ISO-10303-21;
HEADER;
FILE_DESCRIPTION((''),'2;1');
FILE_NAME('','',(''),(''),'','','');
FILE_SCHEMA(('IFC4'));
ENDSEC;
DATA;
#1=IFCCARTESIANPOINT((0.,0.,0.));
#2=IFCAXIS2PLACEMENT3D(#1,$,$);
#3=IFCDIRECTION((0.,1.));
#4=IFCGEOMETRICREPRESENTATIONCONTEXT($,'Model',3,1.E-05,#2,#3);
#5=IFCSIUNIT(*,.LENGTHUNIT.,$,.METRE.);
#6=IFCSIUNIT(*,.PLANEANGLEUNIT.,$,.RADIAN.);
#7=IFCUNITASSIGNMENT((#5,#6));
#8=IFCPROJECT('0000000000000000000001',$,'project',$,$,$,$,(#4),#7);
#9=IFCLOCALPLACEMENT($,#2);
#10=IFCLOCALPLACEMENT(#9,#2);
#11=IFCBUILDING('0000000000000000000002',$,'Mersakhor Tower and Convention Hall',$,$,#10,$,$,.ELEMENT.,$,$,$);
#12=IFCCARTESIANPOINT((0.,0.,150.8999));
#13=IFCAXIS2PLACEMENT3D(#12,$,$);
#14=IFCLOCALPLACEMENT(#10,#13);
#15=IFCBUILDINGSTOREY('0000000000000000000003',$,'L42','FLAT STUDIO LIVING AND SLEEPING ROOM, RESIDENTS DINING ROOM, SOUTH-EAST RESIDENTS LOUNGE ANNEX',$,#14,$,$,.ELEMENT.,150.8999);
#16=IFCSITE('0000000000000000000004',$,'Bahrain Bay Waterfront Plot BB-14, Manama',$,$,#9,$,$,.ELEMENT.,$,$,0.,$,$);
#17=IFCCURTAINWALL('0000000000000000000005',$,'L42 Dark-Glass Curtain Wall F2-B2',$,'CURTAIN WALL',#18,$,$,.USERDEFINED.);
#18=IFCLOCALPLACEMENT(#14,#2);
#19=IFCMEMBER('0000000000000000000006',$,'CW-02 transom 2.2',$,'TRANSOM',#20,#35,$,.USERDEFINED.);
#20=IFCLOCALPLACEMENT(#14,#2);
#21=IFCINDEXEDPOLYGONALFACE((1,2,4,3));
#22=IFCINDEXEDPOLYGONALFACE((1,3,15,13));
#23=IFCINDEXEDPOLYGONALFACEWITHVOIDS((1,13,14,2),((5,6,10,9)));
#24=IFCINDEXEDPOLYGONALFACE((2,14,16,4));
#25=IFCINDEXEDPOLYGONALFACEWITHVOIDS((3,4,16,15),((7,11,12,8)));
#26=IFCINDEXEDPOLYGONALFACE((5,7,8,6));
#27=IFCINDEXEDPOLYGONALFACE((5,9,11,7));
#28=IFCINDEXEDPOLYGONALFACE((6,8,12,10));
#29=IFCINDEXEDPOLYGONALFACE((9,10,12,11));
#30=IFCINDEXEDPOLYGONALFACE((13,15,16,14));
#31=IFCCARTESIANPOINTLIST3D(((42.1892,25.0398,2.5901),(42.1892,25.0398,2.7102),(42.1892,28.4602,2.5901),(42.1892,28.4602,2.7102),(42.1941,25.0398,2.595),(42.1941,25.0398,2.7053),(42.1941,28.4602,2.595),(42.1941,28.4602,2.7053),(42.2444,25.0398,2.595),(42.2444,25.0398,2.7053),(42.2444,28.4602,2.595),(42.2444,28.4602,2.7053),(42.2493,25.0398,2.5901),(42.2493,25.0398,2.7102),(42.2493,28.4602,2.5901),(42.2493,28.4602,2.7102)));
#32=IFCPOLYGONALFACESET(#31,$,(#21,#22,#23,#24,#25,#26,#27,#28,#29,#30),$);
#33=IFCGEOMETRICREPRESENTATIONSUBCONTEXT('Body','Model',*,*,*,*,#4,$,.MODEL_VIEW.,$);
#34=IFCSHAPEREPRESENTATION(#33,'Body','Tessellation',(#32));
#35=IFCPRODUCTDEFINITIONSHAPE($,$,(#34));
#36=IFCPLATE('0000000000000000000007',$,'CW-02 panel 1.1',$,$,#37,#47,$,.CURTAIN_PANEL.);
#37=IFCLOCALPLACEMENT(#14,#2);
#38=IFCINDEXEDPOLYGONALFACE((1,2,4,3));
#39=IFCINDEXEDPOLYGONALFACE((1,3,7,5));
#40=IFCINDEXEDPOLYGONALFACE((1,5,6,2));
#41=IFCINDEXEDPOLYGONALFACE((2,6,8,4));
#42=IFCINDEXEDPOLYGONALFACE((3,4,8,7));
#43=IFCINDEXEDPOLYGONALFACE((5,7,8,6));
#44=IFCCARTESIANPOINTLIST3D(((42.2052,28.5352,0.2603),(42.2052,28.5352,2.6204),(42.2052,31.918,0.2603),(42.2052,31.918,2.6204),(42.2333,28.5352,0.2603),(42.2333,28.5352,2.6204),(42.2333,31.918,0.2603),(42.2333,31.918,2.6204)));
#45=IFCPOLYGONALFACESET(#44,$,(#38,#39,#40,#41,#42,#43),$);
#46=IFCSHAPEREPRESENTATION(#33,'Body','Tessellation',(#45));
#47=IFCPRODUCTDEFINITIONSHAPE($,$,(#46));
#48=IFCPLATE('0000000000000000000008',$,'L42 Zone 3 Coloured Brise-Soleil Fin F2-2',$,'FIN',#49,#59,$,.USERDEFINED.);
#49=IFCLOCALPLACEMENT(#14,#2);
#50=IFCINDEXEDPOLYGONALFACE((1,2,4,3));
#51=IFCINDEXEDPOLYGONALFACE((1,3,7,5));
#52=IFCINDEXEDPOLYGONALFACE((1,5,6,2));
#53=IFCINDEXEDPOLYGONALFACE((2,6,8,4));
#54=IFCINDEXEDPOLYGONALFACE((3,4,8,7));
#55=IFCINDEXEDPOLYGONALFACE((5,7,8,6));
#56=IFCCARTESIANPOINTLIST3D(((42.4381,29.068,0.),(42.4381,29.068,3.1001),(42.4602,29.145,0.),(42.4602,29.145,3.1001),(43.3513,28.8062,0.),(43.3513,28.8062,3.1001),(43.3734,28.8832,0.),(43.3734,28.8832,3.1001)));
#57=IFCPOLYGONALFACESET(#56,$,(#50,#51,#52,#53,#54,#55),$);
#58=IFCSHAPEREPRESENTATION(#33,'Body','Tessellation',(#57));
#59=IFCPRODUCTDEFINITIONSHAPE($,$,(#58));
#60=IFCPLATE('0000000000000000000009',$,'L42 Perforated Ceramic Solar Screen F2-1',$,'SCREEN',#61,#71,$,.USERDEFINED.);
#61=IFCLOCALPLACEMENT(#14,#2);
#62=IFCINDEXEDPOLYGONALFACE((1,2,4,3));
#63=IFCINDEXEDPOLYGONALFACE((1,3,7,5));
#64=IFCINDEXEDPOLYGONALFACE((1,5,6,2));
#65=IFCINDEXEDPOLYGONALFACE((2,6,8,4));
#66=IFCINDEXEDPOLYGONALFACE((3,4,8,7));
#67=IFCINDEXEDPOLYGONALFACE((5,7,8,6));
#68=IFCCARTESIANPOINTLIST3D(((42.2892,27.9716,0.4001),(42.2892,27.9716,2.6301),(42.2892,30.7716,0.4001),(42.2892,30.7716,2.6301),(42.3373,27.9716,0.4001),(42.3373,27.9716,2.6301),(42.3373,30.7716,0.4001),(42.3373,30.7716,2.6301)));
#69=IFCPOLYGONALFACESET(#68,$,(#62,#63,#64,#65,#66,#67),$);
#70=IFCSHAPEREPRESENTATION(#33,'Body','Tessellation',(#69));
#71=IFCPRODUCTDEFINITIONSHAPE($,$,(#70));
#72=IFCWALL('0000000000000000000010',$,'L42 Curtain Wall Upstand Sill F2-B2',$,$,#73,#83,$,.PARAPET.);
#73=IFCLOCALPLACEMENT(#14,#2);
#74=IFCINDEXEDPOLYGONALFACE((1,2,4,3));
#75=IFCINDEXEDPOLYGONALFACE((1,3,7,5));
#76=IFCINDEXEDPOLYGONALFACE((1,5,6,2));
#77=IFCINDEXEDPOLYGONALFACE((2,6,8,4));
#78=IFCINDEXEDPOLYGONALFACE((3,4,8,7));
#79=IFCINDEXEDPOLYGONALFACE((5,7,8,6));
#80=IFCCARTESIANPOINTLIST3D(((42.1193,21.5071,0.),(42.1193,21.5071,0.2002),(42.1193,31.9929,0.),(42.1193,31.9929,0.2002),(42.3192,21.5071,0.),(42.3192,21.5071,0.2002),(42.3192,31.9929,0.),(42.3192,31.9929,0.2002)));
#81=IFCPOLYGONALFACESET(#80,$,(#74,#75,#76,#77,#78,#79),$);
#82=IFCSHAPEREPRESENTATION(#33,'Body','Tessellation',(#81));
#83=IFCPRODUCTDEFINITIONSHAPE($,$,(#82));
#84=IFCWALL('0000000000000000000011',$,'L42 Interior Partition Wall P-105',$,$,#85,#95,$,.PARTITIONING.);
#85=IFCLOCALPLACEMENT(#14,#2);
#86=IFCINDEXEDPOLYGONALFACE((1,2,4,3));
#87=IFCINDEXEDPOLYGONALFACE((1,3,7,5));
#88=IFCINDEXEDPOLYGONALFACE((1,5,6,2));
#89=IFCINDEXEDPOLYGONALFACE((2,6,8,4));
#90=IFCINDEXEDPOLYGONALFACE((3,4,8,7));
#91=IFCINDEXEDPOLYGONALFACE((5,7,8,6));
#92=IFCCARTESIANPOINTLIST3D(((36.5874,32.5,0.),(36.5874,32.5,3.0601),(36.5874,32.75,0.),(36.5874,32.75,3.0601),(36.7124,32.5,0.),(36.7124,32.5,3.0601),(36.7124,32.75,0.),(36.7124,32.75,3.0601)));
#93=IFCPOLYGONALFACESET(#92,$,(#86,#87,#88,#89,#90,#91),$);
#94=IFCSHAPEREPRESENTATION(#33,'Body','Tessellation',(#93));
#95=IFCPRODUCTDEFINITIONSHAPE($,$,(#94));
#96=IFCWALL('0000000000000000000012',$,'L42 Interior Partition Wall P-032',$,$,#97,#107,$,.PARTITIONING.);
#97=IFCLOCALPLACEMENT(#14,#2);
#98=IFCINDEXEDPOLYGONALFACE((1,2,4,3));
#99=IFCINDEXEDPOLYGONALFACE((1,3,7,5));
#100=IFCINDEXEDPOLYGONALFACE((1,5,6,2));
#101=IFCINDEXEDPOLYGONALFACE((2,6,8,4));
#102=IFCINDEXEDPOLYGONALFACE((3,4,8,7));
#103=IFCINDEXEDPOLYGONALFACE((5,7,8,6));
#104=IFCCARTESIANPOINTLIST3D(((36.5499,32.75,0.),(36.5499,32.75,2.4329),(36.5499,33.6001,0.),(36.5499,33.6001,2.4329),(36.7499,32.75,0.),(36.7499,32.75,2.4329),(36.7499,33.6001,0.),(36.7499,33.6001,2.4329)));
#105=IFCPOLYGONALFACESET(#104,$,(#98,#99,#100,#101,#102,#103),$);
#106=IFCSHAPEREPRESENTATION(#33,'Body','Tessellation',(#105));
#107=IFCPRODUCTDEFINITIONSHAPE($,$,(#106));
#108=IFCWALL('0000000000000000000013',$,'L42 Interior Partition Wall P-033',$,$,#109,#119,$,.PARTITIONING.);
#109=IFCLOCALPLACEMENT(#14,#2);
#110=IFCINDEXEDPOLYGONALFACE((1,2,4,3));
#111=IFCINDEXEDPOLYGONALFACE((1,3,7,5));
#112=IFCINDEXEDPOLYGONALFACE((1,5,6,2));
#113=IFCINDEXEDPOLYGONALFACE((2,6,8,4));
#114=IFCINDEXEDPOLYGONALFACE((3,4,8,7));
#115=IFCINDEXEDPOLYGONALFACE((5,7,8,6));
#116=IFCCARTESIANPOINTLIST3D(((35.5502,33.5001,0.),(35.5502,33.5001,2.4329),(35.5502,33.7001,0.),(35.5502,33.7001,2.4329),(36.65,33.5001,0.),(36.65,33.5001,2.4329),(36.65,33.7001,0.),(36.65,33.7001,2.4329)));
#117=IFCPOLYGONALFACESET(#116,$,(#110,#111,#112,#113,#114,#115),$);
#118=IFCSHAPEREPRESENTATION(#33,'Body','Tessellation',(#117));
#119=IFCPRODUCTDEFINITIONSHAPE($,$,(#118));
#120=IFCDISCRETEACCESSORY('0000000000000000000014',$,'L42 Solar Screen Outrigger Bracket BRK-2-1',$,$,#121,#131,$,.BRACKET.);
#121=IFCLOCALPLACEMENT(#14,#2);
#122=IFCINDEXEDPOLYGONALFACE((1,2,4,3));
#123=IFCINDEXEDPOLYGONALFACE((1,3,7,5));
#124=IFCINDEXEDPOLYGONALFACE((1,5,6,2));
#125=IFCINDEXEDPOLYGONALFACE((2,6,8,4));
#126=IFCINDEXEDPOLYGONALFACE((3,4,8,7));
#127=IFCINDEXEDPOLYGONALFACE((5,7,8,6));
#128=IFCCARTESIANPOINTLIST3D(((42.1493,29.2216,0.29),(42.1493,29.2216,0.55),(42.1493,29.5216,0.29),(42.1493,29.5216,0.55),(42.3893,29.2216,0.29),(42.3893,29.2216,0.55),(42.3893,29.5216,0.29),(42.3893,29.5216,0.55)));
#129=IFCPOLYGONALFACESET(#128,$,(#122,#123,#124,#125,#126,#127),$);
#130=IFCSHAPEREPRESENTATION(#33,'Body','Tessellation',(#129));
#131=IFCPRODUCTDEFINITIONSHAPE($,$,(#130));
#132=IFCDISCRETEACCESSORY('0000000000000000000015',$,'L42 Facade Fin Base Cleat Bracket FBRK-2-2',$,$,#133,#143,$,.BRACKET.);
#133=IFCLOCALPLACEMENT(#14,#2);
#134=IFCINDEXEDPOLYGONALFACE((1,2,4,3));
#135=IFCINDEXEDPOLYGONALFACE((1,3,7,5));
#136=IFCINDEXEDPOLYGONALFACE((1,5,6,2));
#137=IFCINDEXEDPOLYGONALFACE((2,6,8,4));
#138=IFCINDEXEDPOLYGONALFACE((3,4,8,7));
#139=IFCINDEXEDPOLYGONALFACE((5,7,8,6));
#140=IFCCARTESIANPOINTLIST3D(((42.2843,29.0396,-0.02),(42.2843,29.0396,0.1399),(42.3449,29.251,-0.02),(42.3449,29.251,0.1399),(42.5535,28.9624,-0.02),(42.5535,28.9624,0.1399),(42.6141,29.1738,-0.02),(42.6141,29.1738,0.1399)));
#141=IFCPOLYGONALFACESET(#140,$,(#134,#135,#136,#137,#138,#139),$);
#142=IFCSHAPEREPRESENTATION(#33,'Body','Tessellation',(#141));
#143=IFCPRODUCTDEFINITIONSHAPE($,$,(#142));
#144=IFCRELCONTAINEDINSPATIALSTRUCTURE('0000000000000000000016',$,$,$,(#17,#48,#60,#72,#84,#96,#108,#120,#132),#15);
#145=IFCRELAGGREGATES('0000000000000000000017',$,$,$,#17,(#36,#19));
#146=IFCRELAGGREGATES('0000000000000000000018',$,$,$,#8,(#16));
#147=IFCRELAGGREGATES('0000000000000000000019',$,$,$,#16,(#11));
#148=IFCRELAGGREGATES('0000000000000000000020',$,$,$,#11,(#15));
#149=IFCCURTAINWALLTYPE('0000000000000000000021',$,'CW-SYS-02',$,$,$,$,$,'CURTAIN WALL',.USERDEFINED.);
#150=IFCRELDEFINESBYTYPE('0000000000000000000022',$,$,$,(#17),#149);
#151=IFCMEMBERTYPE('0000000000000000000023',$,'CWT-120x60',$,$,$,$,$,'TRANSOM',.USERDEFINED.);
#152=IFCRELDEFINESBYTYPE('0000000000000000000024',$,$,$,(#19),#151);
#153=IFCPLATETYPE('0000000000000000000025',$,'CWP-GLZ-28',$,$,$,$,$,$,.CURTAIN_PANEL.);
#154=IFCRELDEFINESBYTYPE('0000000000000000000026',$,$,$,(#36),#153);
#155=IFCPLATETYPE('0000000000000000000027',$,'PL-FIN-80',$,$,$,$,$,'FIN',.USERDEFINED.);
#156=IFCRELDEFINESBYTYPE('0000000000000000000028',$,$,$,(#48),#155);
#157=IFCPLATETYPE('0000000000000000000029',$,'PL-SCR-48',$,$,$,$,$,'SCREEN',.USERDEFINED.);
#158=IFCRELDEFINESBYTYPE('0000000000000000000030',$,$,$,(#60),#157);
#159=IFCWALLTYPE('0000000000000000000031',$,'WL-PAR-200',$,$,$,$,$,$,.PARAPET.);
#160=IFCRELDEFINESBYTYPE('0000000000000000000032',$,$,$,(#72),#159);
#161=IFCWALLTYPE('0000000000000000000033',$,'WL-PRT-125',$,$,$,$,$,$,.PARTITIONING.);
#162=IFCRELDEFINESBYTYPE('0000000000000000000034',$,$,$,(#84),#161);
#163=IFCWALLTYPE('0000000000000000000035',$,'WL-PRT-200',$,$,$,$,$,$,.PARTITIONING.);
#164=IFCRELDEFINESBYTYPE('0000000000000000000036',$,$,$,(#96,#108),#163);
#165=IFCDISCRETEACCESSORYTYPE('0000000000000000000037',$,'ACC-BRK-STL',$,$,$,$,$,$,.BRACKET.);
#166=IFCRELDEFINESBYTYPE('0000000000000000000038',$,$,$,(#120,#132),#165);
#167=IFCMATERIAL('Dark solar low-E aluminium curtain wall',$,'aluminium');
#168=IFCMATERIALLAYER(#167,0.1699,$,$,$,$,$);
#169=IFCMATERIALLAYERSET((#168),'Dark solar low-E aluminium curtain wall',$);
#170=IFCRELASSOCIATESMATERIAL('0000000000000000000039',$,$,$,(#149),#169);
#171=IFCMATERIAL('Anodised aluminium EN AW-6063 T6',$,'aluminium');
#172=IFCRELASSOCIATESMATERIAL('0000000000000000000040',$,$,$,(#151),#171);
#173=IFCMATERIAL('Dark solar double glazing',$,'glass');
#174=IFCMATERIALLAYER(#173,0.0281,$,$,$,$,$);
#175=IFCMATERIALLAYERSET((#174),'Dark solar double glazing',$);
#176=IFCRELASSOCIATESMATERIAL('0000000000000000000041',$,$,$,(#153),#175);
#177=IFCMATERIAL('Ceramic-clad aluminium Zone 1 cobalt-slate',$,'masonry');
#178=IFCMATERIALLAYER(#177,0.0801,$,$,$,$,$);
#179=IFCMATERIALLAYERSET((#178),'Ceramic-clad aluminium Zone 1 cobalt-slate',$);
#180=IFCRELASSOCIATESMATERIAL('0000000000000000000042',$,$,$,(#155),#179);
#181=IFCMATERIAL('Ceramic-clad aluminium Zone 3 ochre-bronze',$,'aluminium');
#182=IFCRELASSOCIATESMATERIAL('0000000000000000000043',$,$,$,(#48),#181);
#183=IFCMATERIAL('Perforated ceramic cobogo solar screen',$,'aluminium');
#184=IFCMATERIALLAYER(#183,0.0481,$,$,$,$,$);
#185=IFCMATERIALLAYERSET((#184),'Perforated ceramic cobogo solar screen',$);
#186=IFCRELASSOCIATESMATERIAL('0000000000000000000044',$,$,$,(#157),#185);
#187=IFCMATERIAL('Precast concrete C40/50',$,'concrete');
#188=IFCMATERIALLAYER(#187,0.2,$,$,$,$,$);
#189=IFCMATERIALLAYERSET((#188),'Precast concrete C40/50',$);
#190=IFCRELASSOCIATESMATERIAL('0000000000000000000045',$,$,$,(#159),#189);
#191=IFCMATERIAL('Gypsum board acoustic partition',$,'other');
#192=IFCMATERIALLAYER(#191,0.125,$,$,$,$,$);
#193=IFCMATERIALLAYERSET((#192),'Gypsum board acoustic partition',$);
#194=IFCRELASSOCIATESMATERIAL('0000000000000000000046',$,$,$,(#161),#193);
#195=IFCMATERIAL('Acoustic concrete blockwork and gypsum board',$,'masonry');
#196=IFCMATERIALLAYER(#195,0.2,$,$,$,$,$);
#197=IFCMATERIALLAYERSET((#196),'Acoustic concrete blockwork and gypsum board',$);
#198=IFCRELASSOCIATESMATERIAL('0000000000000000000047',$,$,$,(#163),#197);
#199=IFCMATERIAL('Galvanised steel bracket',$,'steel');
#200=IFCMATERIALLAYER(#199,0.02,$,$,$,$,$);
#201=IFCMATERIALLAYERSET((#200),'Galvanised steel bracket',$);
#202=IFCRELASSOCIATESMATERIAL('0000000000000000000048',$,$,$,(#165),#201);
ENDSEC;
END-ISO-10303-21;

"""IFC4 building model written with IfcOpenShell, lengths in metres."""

from ifc_helpers import new_model, si_unit, direction, frame, frame_2d, origin, origin_2d, place, context, subcontext, project, spatial, rectangle, hollow_rectangle, extrude, material, layer, layer_set, material_profile, profile_set, type_object, element, aggregate, save


model = new_model("IFC4")

# Units and contexts
model_context = context("Model", 3, precision=1e-05, world=origin(), true_north=direction((0.0, 1.0)))
body_context = subcontext(model_context, "Body", "Model", "MODEL_VIEW")
ifc_project = project(units=[si_unit("LENGTHUNIT", "METRE"), si_unit("PLANEANGLEUNIT", "RADIAN")], contexts=[model_context])

# Site, building, storey
site_placement = place(None, origin())
site = spatial("IfcSite", under=ifc_project, at=site_placement, Name="Bahrain Bay Waterfront Plot BB-14, Manama", CompositionType="ELEMENT", RefElevation=0.0)
building_placement = place(site_placement, origin())
building = spatial("IfcBuilding", under=site, at=building_placement, Name="Mersakhor Tower and Convention Hall", CompositionType="ELEMENT")
storey_placement = place(building_placement, frame((0.0, 0.0, 150.8999)))
storey = spatial("IfcBuildingStorey", under=building, at=storey_placement, Name="L42", Description="FLAT STUDIO LIVING AND SLEEPING ROOM, RESIDENTS DINING ROOM, SOUTH-EAST RESIDENTS LOUNGE ANNEX", CompositionType="ELEMENT", Elevation=150.8999)

# Curtain wall, member, plate
ifc_material_1 = material(Name="Dark solar low-E aluminium curtain wall", Category="aluminium")
ifc_layer_1 = layer(ifc_material_1, 0.1699)
ifc_layer_set_1 = layer_set([ifc_layer_1], Name="Dark solar low-E aluminium curtain wall")
curtain_wall_type = type_object("IfcCurtainWallType", Name="CW-SYS-02", ElementType="CURTAIN WALL", PredefinedType="USERDEFINED", material=ifc_layer_set_1)
curtain_wall_placement = place(storey_placement, origin())
curtain_wall = element("IfcCurtainWall", 1, at=curtain_wall_placement, inside=storey, type_object=curtain_wall_type, Name="L42 Dark-Glass Curtain Wall F2-B2", ObjectType="CURTAIN WALL", PredefinedType="USERDEFINED")
ifc_material_2 = material(Name="Anodised aluminium EN AW-6063 T6", Category="aluminium")
ifc_material_profile_1 = material_profile(ifc_material_2, hollow_rectangle(XDim=0.0601, YDim=0.1201, WallThickness=0.0049, at=origin_2d()), Name="RHS 120x60x5")
ifc_profile_set_1 = profile_set([ifc_material_profile_1], Name="Anodised aluminium EN AW-6063 T6")
member_type_1 = type_object("IfcMemberType", Name="CWT-120x60", ElementType="TRANSOM", PredefinedType="USERDEFINED", material=ifc_profile_set_1)
member_1_placement = place(storey_placement, frame((42.2192, 28.4602, 2.6501), z_axis=(0.0, -1.0, 0.0), x_axis=(1.0, 0.0, 0.0)))
member_1 = element("IfcMember", 2, at=member_1_placement, type_object=member_type_1, Name="CW-02 transom 2.2", ObjectType="TRANSOM", PredefinedType="USERDEFINED", context=body_context, shape_type="SweptSolid", body=[
    extrude(hollow_rectangle(XDim=0.0601, YDim=0.1201, WallThickness=0.0049, at=origin_2d()), origin(), (0.0, 0.0, 1.0), 3.4204),
])
ifc_material_3 = material(Name="Dark solar double glazing", Category="glass")
ifc_layer_2 = layer(ifc_material_3, 0.0281)
ifc_layer_set_2 = layer_set([ifc_layer_2], Name="Dark solar double glazing")
plate_type_1 = type_object("IfcPlateType", Name="CWP-GLZ-28", PredefinedType="CURTAIN_PANEL", material=ifc_layer_set_2)
plate_1_placement = place(storey_placement, frame((42.2192, 30.2266, 0.2603), z_axis=(0.0, 0.0, 1.0), x_axis=(0.0, -1.0, 0.0)))
plate_1 = element("IfcPlate", 3, at=plate_1_placement, type_object=plate_type_1, Name="CW-02 panel 1.1", PredefinedType="CURTAIN_PANEL", context=body_context, shape_type="SweptSolid", body=[
    extrude(rectangle(XDim=3.3828, YDim=0.0281, at=origin_2d()), origin(), (0.0, 0.0, 1.0), 2.3601),
])
aggregate(curtain_wall, [plate_1, member_1])

# Plates
ifc_material_4 = material(Name="Ceramic-clad aluminium Zone 3 ochre-bronze", Category="aluminium")
ifc_material_5 = material(Name="Ceramic-clad aluminium Zone 1 cobalt-slate", Category="masonry")
ifc_layer_3 = layer(ifc_material_5, 0.0801)
ifc_layer_set_3 = layer_set([ifc_layer_3], Name="Ceramic-clad aluminium Zone 1 cobalt-slate")
plate_type_2 = type_object("IfcPlateType", Name="PL-FIN-80", ElementType="FIN", PredefinedType="USERDEFINED", material=ifc_layer_set_3)
plate_2_placement = place(storey_placement, frame((42.9058, 28.9756, 0.0), z_axis=(0.0, 0.0, 1.0), x_axis=(0.961262, -0.275637, 0.0)))
element("IfcPlate", 4, at=plate_2_placement, inside=storey, type_object=plate_type_2, material=ifc_material_4, Name="L42 Zone 3 Coloured Brise-Soleil Fin F2-2", ObjectType="FIN", PredefinedType="USERDEFINED", context=body_context, shape_type="SweptSolid", body=[
    extrude(rectangle(XDim=0.95, YDim=0.0801, at=origin_2d()), origin(), (0.0, 0.0, 1.0), 3.1001),
])
ifc_material_6 = material(Name="Perforated ceramic cobogo solar screen", Category="aluminium")
ifc_layer_4 = layer(ifc_material_6, 0.0481)
ifc_layer_set_4 = layer_set([ifc_layer_4], Name="Perforated ceramic cobogo solar screen")
plate_type_3 = type_object("IfcPlateType", Name="PL-SCR-48", ElementType="SCREEN", PredefinedType="USERDEFINED", material=ifc_layer_set_4)
plate_3_placement = place(storey_placement, frame((42.3132, 29.3716, 0.4001), z_axis=(0.0, 0.0, 1.0), x_axis=(0.0, -1.0, 0.0)))
element("IfcPlate", 5, at=plate_3_placement, inside=storey, type_object=plate_type_3, Name="L42 Perforated Ceramic Solar Screen F2-1", ObjectType="SCREEN", PredefinedType="USERDEFINED", context=body_context, shape_type="SweptSolid", body=[
    extrude(rectangle(XDim=2.8, YDim=0.0481, at=origin_2d()), origin(), (0.0, 0.0, 1.0), 2.23),
])

# Walls
ifc_material_7 = material(Name="Precast concrete C40/50", Category="concrete")
ifc_layer_5 = layer(ifc_material_7, 0.2)
ifc_layer_set_5 = layer_set([ifc_layer_5], Name="Precast concrete C40/50")
wall_type_1 = type_object("IfcWallType", Name="WL-PAR-200", PredefinedType="PARAPET", material=ifc_layer_set_5)
wall_1_placement = place(storey_placement, frame((42.2192, 31.9929, 0.0), z_axis=(0.0, 0.0, 1.0), x_axis=(0.0, -1.0, 0.0)))
element("IfcWall", 6, at=wall_1_placement, inside=storey, type_object=wall_type_1, Name="L42 Curtain Wall Upstand Sill F2-B2", PredefinedType="PARAPET", context=body_context, shape_type="SweptSolid", body=[
    extrude(rectangle(XDim=10.4858, YDim=0.2, at=frame_2d((5.2429, 0.0))), origin(), (0.0, 0.0, 1.0), 0.2002),
])
ifc_material_8 = material(Name="Gypsum board acoustic partition", Category="other")
ifc_layer_6 = layer(ifc_material_8, 0.125)
ifc_layer_set_6 = layer_set([ifc_layer_6], Name="Gypsum board acoustic partition")
wall_type_2 = type_object("IfcWallType", Name="WL-PRT-125", PredefinedType="PARTITIONING", material=ifc_layer_set_6)
wall_2_placement = place(storey_placement, frame((36.6499, 32.5, 0.0), z_axis=(0.0, 0.0, 1.0), x_axis=(0.0, 1.0, 0.0)))
element("IfcWall", 7, at=wall_2_placement, inside=storey, type_object=wall_type_2, Name="L42 Interior Partition Wall P-105", PredefinedType="PARTITIONING", context=body_context, shape_type="SweptSolid", body=[
    extrude(rectangle(XDim=0.25, YDim=0.125, at=frame_2d((0.125, 0.0))), origin(), (0.0, 0.0, 1.0), 3.0601),
])

# Shared definitions
ifc_material_9 = material(Name="Acoustic concrete blockwork and gypsum board", Category="masonry")
ifc_layer_7 = layer(ifc_material_9, 0.2)
ifc_layer_set_7 = layer_set([ifc_layer_7], Name="Acoustic concrete blockwork and gypsum board")
wall_type_3 = type_object("IfcWallType", Name="WL-PRT-200", PredefinedType="PARTITIONING", material=ifc_layer_set_7)

# Walls
wall_3_placement = place(storey_placement, frame((36.6499, 32.75, 0.0), z_axis=(0.0, 0.0, 1.0), x_axis=(0.0, 1.0, 0.0)))
element("IfcWall", 8, at=wall_3_placement, inside=storey, type_object=wall_type_3, Name="L42 Interior Partition Wall P-032", PredefinedType="PARTITIONING", context=body_context, shape_type="SweptSolid", body=[
    extrude(rectangle(XDim=0.8501, YDim=0.2, at=frame_2d((0.425, 0.0))), origin(), (0.0, 0.0, 1.0), 2.4329),
])
wall_4_placement = place(storey_placement, frame((36.6499, 33.6001, 0.0), z_axis=(0.0, 0.0, 1.0), x_axis=(-1.0, 0.0, 0.0)))
element("IfcWall", 9, at=wall_4_placement, inside=storey, type_object=wall_type_3, Name="L42 Interior Partition Wall P-033", PredefinedType="PARTITIONING", context=body_context, shape_type="SweptSolid", body=[
    extrude(rectangle(XDim=1.0999, YDim=0.2, at=frame_2d((0.5498, 0.0))), origin(), (0.0, 0.0, 1.0), 2.4329),
])

# Discrete accessories
ifc_material_10 = material(Name="Galvanised steel bracket", Category="steel")
ifc_layer_8 = layer(ifc_material_10, 0.02)
ifc_layer_set_8 = layer_set([ifc_layer_8], Name="Galvanised steel bracket")
discrete_accessory_type = type_object("IfcDiscreteAccessoryType", Name="ACC-BRK-STL", PredefinedType="BRACKET", material=ifc_layer_set_8)
discrete_accessory_1_placement = place(storey_placement, frame((42.2693, 29.3716, 0.29), z_axis=(0.0, 0.0, 1.0), x_axis=(0.0, -1.0, 0.0)))
element("IfcDiscreteAccessory", 10, at=discrete_accessory_1_placement, inside=storey, type_object=discrete_accessory_type, Name="L42 Solar Screen Outrigger Bracket BRK-2-1", PredefinedType="BRACKET", context=body_context, shape_type="SweptSolid", body=[
    extrude(rectangle(XDim=0.3, YDim=0.24, at=origin_2d()), origin(), (0.0, 0.0, 1.0), 0.26),
])
discrete_accessory_2_placement = place(storey_placement, frame((42.4492, 29.1067, -0.02), z_axis=(0.0, 0.0, 1.0), x_axis=(0.961262, -0.275637, 0.0)))
element("IfcDiscreteAccessory", 11, at=discrete_accessory_2_placement, inside=storey, type_object=discrete_accessory_type, Name="L42 Facade Fin Base Cleat Bracket FBRK-2-2", PredefinedType="BRACKET", context=body_context, shape_type="SweptSolid", body=[
    extrude(rectangle(XDim=0.28, YDim=0.22, at=origin_2d()), origin(), (0.0, 0.0, 1.0), 0.1599),
])

save(model, "model.ifc")
